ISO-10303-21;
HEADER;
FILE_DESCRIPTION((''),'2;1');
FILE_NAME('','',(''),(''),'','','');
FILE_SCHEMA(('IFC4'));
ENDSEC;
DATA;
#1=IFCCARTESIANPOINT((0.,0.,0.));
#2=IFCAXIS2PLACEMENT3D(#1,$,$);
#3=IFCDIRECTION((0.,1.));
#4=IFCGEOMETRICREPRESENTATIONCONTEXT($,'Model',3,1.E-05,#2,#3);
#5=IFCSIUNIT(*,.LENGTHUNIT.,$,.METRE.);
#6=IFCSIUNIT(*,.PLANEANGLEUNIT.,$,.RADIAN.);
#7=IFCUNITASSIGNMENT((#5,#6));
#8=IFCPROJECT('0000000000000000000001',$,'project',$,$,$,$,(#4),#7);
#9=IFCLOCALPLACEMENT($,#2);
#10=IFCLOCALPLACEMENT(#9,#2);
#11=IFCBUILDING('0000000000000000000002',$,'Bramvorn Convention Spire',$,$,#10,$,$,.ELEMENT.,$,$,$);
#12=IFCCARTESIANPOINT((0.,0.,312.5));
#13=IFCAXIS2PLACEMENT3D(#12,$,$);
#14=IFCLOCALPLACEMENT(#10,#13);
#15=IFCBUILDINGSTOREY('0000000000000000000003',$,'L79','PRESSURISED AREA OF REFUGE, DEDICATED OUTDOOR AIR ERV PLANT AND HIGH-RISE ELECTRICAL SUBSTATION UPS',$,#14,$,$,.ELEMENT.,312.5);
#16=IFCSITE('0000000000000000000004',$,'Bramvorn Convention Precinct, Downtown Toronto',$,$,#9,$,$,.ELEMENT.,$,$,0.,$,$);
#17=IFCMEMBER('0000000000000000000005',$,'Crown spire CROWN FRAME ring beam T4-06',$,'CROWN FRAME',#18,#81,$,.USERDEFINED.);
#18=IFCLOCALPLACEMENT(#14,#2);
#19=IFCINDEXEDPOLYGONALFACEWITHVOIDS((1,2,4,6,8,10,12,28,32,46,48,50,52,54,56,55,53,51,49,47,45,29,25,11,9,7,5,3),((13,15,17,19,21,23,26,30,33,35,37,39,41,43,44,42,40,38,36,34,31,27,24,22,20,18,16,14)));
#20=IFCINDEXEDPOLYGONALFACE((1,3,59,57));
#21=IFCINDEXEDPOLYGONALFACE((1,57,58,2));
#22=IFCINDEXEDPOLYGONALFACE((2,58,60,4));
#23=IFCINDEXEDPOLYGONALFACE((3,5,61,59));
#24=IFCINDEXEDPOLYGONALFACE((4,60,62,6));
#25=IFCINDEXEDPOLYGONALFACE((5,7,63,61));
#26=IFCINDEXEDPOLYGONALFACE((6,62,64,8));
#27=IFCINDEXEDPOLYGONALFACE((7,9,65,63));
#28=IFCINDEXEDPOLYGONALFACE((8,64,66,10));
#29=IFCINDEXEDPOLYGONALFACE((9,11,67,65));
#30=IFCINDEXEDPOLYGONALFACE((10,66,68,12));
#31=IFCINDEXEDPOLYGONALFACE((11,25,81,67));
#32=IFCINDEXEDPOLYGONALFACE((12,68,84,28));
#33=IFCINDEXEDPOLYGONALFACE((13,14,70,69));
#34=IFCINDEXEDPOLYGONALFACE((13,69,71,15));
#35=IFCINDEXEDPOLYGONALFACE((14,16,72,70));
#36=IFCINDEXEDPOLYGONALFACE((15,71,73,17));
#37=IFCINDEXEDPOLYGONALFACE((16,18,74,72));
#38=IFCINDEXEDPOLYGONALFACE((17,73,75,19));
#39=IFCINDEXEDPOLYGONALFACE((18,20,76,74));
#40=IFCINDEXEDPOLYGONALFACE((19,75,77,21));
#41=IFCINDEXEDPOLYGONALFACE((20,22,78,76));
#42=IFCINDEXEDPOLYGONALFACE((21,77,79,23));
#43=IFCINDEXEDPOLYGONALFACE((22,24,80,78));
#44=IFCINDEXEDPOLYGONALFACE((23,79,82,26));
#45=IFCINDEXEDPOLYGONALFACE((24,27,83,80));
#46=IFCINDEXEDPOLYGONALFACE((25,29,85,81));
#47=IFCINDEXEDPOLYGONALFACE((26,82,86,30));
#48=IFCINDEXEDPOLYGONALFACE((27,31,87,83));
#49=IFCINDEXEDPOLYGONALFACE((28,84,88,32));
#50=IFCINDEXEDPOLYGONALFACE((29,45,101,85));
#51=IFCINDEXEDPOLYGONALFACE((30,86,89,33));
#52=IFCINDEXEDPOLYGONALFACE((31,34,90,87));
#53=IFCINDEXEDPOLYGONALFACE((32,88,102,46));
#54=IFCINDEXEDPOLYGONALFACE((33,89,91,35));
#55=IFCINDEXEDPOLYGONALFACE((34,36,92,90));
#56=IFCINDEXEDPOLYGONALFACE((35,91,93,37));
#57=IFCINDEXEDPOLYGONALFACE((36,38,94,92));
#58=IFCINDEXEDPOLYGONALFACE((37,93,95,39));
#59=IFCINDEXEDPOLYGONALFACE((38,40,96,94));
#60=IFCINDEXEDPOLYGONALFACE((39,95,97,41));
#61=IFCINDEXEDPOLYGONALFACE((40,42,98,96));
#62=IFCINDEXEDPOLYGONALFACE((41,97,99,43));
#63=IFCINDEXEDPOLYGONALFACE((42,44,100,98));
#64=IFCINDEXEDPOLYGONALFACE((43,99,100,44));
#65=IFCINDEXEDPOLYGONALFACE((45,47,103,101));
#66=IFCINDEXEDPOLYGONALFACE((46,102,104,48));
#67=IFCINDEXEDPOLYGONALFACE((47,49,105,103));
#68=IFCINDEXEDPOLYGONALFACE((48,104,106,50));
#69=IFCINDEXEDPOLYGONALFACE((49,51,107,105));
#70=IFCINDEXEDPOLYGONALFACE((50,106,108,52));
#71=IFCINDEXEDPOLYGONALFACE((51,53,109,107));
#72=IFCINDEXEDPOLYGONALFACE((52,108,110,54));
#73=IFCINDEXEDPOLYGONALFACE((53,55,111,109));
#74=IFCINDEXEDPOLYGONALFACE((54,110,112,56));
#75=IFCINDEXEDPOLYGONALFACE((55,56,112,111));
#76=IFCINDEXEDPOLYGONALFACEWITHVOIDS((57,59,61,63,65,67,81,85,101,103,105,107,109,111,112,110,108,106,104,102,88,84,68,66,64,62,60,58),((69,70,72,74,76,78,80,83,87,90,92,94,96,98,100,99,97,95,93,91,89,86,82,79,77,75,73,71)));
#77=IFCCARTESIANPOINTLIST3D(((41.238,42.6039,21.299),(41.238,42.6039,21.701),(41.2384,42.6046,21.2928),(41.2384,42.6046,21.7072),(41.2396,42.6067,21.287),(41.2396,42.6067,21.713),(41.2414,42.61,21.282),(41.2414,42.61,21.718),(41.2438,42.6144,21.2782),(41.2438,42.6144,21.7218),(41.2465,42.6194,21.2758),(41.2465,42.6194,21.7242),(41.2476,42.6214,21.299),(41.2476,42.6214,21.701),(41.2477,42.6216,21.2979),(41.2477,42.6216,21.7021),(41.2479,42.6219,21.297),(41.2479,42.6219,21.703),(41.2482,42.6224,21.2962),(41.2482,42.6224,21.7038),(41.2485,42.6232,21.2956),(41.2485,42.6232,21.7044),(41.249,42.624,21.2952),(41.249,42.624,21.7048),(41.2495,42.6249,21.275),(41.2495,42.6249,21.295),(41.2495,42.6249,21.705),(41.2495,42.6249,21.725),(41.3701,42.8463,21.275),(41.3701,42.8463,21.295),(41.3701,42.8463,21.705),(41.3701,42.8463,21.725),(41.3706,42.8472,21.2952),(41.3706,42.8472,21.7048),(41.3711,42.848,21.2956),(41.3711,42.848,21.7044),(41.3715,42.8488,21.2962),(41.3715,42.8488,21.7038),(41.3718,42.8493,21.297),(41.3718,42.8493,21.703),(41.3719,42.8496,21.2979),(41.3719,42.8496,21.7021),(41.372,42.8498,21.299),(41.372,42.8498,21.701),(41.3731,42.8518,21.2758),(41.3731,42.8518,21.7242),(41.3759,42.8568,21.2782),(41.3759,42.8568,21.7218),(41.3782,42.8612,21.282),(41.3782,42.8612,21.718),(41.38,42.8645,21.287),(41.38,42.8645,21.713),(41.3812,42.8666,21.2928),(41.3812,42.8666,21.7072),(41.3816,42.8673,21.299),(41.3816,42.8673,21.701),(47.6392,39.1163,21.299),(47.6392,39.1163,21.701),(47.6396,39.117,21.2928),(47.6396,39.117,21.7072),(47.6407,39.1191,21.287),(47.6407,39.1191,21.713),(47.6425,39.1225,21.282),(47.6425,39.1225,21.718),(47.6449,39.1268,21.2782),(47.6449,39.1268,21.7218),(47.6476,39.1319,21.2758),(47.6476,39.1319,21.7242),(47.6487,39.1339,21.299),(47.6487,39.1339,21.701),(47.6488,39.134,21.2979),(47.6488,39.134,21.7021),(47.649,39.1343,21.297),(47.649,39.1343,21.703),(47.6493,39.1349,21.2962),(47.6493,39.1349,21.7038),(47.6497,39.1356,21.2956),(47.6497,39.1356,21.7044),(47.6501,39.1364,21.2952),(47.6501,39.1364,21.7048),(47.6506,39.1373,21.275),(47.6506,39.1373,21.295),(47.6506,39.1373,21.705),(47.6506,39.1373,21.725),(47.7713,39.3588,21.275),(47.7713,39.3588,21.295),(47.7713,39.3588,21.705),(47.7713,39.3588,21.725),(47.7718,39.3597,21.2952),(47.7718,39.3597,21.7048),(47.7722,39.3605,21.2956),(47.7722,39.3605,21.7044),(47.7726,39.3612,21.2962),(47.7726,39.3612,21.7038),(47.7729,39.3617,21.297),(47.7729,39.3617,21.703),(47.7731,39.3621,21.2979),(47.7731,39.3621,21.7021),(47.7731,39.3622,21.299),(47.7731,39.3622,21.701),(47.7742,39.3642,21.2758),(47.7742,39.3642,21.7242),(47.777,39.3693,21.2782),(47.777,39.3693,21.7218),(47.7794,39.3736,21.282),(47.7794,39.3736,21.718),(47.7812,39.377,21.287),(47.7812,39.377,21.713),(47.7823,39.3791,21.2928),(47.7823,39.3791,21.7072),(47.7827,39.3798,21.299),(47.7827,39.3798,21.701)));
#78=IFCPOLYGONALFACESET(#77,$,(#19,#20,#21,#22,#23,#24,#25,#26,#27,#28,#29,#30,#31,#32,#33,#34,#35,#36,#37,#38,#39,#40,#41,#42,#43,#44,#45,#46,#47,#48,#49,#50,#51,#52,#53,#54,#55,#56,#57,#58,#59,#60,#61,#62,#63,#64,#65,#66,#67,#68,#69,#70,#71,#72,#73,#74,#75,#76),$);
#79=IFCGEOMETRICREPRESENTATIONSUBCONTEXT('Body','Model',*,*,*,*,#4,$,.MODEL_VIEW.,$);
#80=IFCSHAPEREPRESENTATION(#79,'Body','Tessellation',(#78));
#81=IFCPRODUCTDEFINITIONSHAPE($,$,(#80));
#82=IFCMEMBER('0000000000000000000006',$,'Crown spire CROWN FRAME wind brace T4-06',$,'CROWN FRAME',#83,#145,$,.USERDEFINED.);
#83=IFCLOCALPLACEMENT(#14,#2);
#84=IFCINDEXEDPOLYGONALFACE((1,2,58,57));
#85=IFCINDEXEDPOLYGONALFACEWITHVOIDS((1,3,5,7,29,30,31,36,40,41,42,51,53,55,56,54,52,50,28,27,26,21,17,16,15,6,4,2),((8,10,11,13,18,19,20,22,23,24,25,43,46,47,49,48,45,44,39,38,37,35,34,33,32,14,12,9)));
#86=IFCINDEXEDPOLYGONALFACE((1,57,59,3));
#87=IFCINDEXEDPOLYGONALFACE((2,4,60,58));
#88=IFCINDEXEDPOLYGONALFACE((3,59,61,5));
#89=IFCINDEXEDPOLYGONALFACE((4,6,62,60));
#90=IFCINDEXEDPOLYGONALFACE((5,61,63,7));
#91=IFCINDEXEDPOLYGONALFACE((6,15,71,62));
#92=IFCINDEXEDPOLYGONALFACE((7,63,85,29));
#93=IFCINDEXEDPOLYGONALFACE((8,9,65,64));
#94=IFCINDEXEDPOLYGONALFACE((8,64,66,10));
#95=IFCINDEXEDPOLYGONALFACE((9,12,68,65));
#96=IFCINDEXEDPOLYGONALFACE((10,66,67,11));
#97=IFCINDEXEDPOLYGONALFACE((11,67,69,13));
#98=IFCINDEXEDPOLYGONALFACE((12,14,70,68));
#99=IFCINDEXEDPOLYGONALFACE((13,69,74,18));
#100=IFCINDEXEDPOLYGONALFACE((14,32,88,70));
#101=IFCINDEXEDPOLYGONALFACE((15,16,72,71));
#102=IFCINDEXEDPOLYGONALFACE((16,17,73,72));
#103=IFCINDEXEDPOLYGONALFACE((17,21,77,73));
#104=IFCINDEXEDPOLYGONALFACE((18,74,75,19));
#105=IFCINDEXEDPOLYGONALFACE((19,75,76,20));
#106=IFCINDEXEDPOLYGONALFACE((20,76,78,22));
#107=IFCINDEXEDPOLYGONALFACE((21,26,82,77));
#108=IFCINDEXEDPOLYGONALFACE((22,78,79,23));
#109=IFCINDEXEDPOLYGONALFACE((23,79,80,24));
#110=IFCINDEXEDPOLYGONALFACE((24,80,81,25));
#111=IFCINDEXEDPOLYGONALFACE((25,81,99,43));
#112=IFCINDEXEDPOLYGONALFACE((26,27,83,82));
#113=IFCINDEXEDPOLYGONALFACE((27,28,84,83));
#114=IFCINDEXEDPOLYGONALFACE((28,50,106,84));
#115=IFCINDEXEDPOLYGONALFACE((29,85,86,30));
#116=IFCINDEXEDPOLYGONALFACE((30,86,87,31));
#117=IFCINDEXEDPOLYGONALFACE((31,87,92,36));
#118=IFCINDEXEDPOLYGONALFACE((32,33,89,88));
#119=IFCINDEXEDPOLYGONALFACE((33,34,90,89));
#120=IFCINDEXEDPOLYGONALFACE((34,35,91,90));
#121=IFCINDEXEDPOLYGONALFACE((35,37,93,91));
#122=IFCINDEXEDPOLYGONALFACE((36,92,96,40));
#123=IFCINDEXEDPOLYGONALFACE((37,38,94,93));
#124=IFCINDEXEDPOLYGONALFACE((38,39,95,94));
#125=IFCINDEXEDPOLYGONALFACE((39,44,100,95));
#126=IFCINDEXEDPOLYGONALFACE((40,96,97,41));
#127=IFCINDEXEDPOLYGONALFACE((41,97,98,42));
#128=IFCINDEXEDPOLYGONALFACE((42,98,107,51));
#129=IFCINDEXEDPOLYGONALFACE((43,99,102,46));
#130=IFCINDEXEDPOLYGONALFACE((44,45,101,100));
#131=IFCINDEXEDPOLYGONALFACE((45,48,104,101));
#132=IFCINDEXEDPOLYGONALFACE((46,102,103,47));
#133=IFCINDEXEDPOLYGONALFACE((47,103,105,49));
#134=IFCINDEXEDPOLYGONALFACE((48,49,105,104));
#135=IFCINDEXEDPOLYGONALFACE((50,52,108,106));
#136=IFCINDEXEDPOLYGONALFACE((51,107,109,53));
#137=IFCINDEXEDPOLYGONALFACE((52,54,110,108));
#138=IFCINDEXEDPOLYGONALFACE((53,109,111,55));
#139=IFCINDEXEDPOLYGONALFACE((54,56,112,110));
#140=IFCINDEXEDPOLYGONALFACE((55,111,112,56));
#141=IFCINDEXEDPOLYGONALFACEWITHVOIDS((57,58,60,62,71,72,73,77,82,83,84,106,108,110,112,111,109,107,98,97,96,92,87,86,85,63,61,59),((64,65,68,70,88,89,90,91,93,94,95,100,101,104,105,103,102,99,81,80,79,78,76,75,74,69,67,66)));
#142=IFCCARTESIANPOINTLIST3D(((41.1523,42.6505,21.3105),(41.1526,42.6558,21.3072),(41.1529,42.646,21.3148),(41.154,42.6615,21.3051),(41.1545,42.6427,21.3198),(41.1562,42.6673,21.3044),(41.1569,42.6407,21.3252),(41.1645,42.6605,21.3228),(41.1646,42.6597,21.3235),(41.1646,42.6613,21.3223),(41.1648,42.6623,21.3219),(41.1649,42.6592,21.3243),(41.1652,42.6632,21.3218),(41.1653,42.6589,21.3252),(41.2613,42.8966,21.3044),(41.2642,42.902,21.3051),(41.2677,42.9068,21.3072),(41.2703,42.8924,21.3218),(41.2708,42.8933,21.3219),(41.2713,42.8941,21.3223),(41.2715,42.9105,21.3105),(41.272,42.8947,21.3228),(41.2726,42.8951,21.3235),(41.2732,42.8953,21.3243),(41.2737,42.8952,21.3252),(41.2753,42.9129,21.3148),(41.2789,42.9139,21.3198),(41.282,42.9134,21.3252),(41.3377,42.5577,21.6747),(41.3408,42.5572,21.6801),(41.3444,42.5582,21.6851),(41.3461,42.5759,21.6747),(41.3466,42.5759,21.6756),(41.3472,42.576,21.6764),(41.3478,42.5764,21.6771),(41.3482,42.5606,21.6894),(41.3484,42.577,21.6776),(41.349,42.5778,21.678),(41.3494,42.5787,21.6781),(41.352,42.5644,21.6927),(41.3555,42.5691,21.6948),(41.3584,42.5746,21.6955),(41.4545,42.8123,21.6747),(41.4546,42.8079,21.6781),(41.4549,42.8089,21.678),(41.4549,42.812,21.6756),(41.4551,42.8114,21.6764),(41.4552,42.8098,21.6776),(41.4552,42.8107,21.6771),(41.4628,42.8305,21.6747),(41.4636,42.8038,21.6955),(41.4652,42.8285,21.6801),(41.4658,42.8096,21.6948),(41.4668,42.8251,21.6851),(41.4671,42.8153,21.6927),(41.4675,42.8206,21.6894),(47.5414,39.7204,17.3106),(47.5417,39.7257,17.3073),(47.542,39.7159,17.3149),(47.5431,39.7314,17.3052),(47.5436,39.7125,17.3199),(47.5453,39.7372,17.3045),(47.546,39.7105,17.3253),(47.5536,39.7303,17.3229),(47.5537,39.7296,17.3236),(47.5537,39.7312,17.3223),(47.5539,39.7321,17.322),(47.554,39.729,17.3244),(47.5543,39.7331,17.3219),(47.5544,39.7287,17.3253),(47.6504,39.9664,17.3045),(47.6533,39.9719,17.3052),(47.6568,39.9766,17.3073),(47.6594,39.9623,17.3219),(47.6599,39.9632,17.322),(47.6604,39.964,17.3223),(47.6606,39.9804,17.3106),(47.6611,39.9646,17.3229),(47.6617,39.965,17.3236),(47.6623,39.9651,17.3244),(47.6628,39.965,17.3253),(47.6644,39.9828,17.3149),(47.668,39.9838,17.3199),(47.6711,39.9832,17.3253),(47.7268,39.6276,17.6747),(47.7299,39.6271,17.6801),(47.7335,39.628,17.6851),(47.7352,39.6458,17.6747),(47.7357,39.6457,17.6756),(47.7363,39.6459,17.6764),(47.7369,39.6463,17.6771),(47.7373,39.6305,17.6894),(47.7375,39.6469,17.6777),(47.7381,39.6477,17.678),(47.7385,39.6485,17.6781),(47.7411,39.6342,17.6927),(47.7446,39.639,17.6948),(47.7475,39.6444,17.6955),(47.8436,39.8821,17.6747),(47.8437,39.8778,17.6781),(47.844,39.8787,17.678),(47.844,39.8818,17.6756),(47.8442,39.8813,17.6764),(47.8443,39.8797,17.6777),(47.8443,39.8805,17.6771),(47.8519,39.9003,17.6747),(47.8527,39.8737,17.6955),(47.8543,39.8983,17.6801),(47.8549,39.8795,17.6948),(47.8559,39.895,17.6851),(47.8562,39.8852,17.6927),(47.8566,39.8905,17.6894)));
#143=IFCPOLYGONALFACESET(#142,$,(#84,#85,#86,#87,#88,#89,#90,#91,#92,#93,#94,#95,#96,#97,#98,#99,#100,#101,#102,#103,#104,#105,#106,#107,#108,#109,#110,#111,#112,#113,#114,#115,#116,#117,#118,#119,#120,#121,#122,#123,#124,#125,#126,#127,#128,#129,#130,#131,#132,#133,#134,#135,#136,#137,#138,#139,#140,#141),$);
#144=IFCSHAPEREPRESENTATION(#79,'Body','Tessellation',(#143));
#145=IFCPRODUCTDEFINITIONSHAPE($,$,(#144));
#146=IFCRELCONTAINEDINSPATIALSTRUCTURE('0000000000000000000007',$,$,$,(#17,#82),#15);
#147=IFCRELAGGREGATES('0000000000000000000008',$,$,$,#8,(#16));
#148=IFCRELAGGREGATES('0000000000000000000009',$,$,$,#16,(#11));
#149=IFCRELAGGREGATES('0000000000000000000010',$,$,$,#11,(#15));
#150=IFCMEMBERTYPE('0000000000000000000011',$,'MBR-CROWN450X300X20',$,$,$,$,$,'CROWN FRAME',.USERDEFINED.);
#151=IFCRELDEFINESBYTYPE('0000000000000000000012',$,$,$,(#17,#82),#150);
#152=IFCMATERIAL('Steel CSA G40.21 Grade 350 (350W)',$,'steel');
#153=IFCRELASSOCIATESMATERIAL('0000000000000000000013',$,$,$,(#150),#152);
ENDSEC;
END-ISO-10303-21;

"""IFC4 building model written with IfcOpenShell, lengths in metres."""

from ifc_helpers import new_model, si_unit, direction, frame, origin, origin_2d, place, context, subcontext, project, spatial, hollow_rectangle, extrude, material, material_profile, profile_set, type_object, element, save


model = new_model("IFC4")

# Units and contexts
model_context = context("Model", 3, precision=1e-05, world=origin(), true_north=direction((0.0, 1.0)))
body_context = subcontext(model_context, "Body", "Model", "MODEL_VIEW")
ifc_project = project(units=[si_unit("LENGTHUNIT", "METRE"), si_unit("PLANEANGLEUNIT", "RADIAN")], contexts=[model_context])

# Site, building, storey
site_placement = place(None, origin())
site = spatial("IfcSite", under=ifc_project, at=site_placement, Name="Bramvorn Convention Precinct, Downtown Toronto", CompositionType="ELEMENT", RefElevation=0.0)
building_placement = place(site_placement, origin())
building = spatial("IfcBuilding", under=site, at=building_placement, Name="Bramvorn Convention Spire", CompositionType="ELEMENT")
storey_placement = place(building_placement, frame((0.0, 0.0, 312.5)))
storey = spatial("IfcBuildingStorey", under=building, at=storey_placement, Name="L79", Description="PRESSURISED AREA OF REFUGE, DEDICATED OUTDOOR AIR ERV PLANT AND HIGH-RISE ELECTRICAL SUBSTATION UPS", CompositionType="ELEMENT", Elevation=312.5)

# Shared definitions
ifc_material_1 = material(Name="Steel CSA G40.21 Grade 350 (350W)", Category="steel")

# Members
ifc_material_profile_1 = material_profile(ifc_material_1, hollow_rectangle(XDim=0.3, YDim=0.45, WallThickness=0.02, InnerFilletRadius=0.0039, OuterFilletRadius=0.0239, at=origin_2d()))
ifc_profile_set_1 = profile_set([ifc_material_profile_1], Name="Steel CSA G40.21 Grade 350 (350W) - CROWN450X300X20")
member_type = type_object("IfcMemberType", Name="MBR-CROWN450X300X20", ElementType="CROWN FRAME", PredefinedType="USERDEFINED", material=ifc_profile_set_1)
member_1_placement = place(storey_placement, frame((47.7109, 39.248, 21.5), z_axis=(-0.878125, 0.478432, 0.0), x_axis=(-0.478432, -0.878125, 0.0)))
element("IfcMember", 1, at=member_1_placement, inside=storey, type_object=member_type, Name="Crown spire CROWN FRAME ring beam T4-06", ObjectType="CROWN FRAME", PredefinedType="USERDEFINED", context=body_context, shape_type="SweptSolid", body=[
    extrude(hollow_rectangle(XDim=0.3, YDim=0.45, WallThickness=0.02, InnerFilletRadius=0.0039, OuterFilletRadius=0.0239, at=origin_2d()), origin(), (0.0, 0.0, 1.0), 7.2896),
])
member_2_placement = place(storey_placement, frame((47.699, 39.8054, 17.5), z_axis=(-0.790007, 0.36231, 0.494592), x_axis=(-0.416868, -0.908967, 0.0)))
element("IfcMember", 2, at=member_2_placement, inside=storey, type_object=member_type, Name="Crown spire CROWN FRAME wind brace T4-06", ObjectType="CROWN FRAME", PredefinedType="USERDEFINED", context=body_context, shape_type="SweptSolid", body=[
    extrude(hollow_rectangle(XDim=0.3, YDim=0.45, WallThickness=0.02, InnerFilletRadius=0.0039, OuterFilletRadius=0.0239, at=origin_2d()), origin(), (0.0, 0.0, 1.0), 8.0874),
])

save(model, "model.ifc")
